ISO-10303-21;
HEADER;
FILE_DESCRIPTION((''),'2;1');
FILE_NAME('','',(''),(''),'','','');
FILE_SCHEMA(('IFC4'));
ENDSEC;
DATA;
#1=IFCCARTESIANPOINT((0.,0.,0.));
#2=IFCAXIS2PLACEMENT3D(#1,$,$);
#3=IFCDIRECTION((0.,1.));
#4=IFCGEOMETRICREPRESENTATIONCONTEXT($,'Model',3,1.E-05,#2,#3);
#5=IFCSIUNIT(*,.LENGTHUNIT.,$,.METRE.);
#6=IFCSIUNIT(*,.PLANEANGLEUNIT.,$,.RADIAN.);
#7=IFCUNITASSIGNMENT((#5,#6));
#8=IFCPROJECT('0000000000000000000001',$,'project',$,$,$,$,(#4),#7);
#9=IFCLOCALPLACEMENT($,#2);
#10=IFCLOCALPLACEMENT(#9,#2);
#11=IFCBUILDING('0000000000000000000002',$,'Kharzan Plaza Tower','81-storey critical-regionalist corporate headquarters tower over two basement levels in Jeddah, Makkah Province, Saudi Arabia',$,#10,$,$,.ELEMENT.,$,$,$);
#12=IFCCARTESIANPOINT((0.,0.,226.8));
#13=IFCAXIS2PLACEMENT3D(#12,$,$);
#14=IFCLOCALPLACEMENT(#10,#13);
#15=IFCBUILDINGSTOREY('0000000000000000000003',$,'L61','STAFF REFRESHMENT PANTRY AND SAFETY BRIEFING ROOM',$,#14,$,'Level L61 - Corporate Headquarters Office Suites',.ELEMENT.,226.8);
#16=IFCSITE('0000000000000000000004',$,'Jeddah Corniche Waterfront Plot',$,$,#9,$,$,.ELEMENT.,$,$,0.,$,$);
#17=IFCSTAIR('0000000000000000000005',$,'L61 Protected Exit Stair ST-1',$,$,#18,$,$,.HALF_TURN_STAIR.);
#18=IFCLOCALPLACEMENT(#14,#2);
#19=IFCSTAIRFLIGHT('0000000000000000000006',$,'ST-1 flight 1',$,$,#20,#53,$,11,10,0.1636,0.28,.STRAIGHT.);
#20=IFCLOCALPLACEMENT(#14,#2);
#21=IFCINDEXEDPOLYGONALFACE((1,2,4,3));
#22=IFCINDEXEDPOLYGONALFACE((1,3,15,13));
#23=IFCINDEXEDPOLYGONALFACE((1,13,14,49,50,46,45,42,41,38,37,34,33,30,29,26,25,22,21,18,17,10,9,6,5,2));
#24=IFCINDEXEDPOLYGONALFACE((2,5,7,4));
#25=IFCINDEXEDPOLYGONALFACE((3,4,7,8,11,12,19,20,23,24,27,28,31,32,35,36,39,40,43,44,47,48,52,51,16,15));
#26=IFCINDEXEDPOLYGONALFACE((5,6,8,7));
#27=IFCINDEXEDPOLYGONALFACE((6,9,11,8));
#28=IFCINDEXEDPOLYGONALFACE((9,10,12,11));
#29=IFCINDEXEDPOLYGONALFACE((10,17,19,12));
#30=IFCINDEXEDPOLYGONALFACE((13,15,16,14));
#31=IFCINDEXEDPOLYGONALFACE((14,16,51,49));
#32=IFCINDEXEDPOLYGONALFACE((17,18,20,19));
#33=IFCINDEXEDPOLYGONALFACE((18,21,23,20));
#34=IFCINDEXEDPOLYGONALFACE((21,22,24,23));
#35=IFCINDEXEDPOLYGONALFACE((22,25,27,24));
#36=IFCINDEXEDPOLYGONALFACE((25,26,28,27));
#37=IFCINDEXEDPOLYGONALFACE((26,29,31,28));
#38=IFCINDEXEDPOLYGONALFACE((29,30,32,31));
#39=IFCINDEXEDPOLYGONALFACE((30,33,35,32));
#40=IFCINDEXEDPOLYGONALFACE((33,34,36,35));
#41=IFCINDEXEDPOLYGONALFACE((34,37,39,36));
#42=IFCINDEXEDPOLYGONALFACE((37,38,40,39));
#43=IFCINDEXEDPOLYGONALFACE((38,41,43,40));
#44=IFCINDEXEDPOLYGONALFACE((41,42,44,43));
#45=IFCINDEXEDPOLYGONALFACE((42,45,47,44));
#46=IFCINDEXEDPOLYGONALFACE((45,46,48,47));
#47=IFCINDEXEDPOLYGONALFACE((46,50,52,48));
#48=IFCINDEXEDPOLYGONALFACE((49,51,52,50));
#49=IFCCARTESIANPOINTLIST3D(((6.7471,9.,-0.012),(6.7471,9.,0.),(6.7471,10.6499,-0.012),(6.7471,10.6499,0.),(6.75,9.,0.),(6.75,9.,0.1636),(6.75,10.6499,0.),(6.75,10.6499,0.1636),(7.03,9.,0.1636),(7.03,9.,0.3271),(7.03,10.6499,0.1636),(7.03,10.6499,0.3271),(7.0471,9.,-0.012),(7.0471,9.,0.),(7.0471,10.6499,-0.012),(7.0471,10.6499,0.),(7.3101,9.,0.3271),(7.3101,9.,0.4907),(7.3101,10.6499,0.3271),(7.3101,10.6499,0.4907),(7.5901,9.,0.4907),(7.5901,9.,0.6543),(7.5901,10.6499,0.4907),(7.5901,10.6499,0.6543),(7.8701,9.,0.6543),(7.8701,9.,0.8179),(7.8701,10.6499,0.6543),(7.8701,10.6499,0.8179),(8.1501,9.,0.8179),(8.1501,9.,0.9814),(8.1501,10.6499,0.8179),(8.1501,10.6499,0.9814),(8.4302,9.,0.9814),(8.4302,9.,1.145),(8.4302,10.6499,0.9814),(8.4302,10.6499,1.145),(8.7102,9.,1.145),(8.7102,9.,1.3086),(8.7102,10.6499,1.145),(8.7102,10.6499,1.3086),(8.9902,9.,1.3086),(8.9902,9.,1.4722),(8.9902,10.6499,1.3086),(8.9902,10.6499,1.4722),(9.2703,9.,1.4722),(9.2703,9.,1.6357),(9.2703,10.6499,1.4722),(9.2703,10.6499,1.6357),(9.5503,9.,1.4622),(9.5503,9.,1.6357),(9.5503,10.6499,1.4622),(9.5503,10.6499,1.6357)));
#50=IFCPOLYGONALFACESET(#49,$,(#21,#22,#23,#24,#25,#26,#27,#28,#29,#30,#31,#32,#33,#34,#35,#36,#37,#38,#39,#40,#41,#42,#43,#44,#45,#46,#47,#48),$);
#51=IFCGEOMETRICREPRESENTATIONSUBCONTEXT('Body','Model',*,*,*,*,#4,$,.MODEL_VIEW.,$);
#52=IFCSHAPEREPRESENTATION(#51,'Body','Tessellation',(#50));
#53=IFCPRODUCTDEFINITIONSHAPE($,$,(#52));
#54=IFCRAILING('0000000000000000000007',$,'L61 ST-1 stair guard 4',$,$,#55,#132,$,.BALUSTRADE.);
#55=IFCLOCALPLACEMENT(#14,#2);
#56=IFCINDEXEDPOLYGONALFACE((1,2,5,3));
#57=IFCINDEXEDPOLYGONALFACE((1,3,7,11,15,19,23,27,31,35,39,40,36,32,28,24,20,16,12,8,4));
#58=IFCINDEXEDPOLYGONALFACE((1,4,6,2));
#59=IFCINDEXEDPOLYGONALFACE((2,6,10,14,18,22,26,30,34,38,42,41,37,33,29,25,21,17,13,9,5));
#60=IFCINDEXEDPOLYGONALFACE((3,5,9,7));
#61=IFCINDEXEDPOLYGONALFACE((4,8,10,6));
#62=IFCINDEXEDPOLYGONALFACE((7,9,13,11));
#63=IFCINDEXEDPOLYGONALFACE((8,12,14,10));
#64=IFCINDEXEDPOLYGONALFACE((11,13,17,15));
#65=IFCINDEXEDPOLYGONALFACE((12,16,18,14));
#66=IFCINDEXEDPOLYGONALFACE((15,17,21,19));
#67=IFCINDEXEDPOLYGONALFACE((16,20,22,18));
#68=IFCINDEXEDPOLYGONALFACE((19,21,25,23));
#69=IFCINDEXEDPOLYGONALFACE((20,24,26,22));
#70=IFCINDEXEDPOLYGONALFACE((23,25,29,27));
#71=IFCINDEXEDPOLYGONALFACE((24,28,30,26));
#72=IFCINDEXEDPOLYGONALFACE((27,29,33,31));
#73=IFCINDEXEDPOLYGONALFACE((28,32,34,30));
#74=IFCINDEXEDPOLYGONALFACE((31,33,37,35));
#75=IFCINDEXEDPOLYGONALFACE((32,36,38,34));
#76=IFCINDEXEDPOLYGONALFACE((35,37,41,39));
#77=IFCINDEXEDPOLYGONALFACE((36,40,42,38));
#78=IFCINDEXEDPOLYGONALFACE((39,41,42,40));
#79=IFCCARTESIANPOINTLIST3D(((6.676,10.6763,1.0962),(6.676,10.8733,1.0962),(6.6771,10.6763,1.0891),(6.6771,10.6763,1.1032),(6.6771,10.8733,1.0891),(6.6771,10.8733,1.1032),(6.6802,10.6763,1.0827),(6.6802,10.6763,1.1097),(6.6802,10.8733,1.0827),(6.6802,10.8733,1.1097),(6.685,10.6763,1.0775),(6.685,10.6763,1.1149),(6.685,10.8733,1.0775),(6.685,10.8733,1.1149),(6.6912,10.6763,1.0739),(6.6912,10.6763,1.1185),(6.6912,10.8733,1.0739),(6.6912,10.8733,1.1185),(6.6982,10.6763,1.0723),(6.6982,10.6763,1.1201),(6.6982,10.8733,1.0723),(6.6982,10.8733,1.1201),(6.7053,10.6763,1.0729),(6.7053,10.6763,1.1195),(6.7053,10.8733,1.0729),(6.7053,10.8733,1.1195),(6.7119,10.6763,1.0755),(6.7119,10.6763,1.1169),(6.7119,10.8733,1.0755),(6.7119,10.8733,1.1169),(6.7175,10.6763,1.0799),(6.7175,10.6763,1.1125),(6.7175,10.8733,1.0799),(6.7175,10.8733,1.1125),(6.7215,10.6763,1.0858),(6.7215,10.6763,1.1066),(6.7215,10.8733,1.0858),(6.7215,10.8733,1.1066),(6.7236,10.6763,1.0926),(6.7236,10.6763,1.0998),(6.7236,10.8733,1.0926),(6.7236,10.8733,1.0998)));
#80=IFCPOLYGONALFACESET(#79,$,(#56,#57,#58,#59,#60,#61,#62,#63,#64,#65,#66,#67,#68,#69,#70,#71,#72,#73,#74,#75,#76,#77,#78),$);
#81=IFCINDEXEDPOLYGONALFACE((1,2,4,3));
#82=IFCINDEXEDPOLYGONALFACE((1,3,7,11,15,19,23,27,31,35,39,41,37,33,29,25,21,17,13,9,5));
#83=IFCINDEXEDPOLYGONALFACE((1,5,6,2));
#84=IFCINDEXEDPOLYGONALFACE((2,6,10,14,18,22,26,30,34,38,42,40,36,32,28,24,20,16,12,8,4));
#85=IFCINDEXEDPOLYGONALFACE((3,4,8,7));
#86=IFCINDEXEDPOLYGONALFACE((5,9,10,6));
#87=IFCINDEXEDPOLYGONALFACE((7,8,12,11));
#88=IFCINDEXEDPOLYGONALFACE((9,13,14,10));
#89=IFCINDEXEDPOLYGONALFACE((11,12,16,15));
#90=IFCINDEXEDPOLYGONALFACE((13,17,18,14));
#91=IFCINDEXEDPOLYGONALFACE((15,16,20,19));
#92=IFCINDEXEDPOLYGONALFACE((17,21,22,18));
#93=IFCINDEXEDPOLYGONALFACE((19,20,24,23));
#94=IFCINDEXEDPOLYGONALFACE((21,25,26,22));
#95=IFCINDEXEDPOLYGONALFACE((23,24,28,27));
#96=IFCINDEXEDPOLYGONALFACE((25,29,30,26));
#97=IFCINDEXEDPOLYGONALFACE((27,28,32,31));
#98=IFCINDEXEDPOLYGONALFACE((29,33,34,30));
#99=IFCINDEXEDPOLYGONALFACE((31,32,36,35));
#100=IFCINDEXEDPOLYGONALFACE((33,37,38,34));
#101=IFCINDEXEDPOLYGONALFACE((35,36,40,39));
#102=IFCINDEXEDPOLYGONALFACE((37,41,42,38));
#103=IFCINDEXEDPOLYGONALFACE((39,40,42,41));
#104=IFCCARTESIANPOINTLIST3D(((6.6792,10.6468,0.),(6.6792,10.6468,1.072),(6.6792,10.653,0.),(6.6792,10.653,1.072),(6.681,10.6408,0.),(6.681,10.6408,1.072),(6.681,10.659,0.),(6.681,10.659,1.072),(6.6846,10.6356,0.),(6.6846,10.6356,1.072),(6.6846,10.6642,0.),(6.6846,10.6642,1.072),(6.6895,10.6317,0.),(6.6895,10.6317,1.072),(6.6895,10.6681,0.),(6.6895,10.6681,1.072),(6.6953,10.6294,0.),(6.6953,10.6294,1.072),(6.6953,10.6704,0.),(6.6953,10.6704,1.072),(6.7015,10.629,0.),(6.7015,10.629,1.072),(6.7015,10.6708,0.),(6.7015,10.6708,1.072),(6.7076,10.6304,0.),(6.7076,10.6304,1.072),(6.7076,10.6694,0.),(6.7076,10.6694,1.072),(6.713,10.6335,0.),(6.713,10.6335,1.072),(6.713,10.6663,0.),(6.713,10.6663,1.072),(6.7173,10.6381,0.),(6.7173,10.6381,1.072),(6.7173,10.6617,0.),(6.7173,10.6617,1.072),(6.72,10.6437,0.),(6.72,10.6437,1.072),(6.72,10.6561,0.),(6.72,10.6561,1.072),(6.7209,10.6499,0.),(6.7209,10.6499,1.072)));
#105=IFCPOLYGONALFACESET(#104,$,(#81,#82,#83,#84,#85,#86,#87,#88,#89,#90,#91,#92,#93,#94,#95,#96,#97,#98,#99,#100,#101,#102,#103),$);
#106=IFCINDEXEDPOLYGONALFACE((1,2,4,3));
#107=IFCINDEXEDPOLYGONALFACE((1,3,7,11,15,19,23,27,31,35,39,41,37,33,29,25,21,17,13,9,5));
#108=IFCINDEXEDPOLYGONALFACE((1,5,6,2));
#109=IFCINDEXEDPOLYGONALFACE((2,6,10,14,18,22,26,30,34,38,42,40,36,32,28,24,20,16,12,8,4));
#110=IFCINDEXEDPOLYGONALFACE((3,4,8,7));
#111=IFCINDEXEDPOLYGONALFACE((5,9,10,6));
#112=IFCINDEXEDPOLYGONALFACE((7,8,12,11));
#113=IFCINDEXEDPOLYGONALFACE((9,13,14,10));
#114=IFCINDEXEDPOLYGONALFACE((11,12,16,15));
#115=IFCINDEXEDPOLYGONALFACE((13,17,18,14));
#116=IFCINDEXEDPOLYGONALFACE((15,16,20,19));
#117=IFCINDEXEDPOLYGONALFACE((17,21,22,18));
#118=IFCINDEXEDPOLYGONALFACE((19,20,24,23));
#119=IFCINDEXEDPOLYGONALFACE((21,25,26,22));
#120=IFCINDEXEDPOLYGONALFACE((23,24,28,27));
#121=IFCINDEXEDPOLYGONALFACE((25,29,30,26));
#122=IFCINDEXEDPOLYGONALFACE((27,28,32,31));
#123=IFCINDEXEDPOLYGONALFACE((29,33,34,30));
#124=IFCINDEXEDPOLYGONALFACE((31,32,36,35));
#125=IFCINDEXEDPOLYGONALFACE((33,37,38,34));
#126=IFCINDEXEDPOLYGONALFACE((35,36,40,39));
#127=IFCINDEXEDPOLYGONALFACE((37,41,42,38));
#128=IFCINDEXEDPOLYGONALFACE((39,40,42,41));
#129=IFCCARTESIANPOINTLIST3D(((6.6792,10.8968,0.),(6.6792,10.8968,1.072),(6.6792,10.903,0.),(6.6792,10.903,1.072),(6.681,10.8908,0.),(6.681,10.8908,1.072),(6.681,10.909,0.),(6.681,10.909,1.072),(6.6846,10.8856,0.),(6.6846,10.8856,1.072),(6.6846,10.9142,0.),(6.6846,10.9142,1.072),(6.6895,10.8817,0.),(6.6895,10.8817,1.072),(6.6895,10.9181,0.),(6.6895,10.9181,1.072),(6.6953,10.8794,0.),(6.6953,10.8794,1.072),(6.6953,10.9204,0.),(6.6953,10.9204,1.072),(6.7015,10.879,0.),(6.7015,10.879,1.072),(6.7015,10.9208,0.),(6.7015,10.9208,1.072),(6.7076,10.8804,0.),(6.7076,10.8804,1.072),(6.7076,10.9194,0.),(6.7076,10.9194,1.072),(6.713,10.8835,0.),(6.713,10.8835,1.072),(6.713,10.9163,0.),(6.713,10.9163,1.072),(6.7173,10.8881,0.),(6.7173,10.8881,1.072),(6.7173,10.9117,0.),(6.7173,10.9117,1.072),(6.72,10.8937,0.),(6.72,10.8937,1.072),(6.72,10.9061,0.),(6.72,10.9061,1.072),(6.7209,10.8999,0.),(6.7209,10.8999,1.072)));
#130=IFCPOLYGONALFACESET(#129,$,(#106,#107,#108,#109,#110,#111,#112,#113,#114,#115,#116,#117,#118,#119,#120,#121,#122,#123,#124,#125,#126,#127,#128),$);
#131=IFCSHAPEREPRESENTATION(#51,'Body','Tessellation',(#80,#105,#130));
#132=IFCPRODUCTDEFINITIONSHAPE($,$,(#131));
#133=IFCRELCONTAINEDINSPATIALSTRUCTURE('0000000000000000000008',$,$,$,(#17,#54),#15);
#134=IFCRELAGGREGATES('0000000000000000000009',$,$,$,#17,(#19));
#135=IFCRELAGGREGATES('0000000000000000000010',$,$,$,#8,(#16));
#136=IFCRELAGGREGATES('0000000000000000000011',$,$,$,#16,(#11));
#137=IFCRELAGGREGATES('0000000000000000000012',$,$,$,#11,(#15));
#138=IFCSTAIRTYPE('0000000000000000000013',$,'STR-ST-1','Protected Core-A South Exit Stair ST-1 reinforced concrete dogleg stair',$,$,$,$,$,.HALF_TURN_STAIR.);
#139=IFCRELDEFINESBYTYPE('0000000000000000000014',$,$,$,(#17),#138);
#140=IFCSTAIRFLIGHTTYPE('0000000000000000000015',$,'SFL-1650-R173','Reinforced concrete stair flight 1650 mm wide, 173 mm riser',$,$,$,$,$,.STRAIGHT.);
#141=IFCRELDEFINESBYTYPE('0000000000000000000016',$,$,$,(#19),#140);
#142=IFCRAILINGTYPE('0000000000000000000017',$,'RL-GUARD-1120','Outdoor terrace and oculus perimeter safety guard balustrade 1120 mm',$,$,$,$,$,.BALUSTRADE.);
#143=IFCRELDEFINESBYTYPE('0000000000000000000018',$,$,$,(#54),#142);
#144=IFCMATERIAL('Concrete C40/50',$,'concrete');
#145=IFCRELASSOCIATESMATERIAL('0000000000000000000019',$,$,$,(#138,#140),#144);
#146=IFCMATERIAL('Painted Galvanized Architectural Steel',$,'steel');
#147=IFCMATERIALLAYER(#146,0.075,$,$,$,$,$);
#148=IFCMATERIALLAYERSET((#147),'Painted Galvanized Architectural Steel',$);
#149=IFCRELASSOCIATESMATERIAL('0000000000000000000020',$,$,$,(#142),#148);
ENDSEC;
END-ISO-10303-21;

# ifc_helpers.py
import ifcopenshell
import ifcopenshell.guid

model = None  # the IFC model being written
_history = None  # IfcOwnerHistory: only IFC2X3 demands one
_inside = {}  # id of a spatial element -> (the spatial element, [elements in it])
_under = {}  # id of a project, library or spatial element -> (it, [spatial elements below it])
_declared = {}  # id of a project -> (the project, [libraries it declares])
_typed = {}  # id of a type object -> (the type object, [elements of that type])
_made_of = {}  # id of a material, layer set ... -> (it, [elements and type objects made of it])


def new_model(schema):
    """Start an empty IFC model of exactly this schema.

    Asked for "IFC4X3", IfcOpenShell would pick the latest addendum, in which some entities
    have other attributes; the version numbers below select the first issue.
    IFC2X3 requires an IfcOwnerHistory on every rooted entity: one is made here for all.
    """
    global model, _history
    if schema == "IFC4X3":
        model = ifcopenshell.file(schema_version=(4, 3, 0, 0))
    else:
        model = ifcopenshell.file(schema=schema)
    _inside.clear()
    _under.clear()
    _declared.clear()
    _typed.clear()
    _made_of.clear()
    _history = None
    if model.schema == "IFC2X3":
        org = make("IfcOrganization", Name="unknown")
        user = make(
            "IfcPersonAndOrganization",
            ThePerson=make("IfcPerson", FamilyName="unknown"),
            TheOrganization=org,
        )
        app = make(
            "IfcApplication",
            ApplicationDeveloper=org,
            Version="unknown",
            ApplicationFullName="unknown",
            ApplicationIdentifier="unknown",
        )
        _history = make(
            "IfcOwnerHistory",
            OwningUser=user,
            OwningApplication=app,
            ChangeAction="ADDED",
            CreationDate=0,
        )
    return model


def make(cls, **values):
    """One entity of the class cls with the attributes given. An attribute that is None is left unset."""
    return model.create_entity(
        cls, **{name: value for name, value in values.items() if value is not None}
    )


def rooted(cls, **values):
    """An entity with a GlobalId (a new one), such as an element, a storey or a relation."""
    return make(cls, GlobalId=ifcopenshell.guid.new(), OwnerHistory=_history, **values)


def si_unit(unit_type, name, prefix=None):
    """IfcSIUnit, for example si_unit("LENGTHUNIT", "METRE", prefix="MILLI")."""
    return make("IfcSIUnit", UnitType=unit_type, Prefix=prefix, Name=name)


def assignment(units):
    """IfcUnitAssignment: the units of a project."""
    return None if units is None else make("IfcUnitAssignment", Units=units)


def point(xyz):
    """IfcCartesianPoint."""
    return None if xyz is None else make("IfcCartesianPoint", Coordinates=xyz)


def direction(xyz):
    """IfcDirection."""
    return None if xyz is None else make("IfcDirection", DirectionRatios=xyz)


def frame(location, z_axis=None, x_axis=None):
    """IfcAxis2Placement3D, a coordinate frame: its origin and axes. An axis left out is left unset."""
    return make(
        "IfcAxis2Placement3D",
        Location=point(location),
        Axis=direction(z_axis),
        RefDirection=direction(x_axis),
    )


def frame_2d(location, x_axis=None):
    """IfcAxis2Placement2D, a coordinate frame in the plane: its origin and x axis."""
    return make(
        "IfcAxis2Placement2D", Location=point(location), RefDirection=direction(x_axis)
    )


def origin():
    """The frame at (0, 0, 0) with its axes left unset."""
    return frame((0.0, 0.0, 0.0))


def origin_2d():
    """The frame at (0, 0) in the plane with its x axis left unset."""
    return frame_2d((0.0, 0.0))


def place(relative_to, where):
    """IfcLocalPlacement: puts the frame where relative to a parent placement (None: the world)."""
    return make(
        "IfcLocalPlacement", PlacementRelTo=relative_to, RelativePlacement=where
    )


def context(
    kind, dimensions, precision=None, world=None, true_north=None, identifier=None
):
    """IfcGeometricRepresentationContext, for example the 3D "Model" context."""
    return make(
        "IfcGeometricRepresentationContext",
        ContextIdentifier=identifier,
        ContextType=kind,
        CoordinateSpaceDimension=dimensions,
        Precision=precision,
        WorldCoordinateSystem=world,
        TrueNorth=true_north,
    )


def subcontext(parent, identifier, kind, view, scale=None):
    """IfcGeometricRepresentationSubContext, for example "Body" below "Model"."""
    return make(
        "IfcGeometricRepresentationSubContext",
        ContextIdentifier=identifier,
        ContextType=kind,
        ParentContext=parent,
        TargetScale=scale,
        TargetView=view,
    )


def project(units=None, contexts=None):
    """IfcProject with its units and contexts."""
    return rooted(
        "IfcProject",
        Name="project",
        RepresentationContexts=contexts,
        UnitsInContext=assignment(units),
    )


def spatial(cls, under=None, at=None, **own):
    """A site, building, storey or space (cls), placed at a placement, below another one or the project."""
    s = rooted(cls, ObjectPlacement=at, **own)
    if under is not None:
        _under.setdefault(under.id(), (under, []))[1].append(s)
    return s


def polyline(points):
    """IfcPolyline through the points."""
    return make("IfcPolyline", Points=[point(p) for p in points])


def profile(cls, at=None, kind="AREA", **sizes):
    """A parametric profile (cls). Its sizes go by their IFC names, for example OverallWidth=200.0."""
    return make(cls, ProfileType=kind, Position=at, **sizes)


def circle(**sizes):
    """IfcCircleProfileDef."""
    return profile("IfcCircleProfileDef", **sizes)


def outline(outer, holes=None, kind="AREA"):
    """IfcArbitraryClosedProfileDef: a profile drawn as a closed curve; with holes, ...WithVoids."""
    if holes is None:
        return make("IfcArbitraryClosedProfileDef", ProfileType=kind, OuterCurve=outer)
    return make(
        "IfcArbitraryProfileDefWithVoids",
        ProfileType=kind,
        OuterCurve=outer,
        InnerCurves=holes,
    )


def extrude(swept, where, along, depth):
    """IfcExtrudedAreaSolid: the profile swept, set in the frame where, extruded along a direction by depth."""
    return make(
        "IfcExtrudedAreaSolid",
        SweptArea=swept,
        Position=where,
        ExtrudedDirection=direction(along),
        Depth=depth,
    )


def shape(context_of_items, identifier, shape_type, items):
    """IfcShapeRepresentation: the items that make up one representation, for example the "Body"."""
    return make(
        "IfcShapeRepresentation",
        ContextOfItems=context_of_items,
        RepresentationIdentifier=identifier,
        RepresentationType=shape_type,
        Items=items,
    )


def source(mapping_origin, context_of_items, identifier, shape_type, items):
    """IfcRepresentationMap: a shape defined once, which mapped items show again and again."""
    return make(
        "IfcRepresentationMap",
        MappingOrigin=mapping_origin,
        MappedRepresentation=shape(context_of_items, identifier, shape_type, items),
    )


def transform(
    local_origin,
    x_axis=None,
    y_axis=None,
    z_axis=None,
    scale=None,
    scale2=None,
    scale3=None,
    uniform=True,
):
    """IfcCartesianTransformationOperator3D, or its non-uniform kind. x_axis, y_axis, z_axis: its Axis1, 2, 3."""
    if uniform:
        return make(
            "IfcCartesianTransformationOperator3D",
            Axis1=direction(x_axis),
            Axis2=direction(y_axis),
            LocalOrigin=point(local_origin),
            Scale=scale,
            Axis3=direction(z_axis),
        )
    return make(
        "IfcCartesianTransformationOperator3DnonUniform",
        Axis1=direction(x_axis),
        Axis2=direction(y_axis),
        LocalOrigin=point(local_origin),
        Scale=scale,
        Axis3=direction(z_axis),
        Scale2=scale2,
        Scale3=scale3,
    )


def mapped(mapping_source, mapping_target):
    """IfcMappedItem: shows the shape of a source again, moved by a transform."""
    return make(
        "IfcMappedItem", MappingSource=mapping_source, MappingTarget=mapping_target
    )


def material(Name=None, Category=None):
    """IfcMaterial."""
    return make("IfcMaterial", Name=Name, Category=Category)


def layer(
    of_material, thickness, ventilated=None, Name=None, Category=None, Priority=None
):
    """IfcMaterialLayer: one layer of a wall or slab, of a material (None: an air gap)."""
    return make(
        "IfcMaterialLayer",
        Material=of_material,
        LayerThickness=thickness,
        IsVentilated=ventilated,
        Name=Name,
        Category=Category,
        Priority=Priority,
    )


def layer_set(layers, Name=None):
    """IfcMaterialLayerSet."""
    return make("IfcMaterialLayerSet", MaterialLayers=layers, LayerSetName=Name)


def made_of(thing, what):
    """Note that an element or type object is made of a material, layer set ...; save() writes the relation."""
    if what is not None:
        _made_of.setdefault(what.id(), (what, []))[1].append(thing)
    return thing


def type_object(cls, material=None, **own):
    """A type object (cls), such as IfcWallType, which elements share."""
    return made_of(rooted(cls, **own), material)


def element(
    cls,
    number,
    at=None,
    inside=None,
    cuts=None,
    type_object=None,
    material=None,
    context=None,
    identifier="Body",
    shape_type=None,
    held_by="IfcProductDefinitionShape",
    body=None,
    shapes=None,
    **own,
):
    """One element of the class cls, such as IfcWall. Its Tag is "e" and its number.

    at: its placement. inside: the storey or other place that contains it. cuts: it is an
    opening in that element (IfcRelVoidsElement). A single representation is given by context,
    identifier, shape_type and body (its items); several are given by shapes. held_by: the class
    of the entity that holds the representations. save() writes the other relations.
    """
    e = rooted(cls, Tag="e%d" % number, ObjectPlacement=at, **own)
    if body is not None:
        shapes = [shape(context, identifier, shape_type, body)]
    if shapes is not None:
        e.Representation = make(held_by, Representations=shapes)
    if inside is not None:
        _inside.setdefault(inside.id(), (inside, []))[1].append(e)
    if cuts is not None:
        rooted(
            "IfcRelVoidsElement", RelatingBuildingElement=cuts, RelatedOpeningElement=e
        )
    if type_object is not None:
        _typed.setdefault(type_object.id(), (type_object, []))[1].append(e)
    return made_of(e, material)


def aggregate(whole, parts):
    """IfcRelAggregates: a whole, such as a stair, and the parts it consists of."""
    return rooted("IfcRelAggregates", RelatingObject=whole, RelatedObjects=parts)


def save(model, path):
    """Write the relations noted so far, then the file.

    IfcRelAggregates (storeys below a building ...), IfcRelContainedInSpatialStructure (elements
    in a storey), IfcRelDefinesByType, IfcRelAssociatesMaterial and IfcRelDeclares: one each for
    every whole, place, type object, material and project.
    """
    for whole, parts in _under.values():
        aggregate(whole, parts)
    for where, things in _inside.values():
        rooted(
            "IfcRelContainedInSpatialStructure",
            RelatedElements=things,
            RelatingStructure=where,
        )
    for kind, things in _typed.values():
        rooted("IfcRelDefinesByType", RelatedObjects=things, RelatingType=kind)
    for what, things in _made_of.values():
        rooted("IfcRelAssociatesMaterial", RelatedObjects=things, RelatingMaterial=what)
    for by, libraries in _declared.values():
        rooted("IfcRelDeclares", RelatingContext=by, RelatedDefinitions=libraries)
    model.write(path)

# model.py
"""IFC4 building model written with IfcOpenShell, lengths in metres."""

from ifc_helpers import new_model, si_unit, direction, frame, origin, origin_2d, place, context, subcontext, project, spatial, polyline, circle, outline, extrude, source, transform, mapped, material, layer, layer_set, type_object, element, aggregate, save


model = new_model("IFC4")

# Units and contexts
model_context = context("Model", 3, precision=1e-05, world=origin(), true_north=direction((0.0, 1.0)))
body_context = subcontext(model_context, "Body", "Model", "MODEL_VIEW")
ifc_project = project(units=[si_unit("LENGTHUNIT", "METRE"), si_unit("PLANEANGLEUNIT", "RADIAN")], contexts=[model_context])

# Site, building, storey
site_placement = place(None, origin())
site = spatial("IfcSite", under=ifc_project, at=site_placement, Name="Jeddah Corniche Waterfront Plot", CompositionType="ELEMENT", RefElevation=0.0)
building_placement = place(site_placement, origin())
building = spatial("IfcBuilding", under=site, at=building_placement, Name="Kharzan Plaza Tower", Description="81-storey critical-regionalist corporate headquarters tower over two basement levels in Jeddah, Makkah Province, Saudi Arabia", CompositionType="ELEMENT")
storey_placement = place(building_placement, frame((0.0, 0.0, 226.8)))
storey = spatial("IfcBuildingStorey", under=building, at=storey_placement, Name="L61", Description="STAFF REFRESHMENT PANTRY AND SAFETY BRIEFING ROOM", LongName="Level L61 - Corporate Headquarters Office Suites", CompositionType="ELEMENT", Elevation=226.8)

# Shared definitions
ifc_material_1 = material(Name="Concrete C40/50", Category="concrete")

# Stair, stair flight
stair_type = type_object("IfcStairType", Name="STR-ST-1", Description="Protected Core-A South Exit Stair ST-1 reinforced concrete dogleg stair", PredefinedType="HALF_TURN_STAIR", material=ifc_material_1)
stair_placement = place(storey_placement, origin())
stair = element("IfcStair", 1, at=stair_placement, inside=storey, type_object=stair_type, Name="L61 Protected Exit Stair ST-1", PredefinedType="HALF_TURN_STAIR")
stair_flight_type = type_object("IfcStairFlightType", Name="SFL-1650-R173", Description="Reinforced concrete stair flight 1650 mm wide, 173 mm riser", PredefinedType="STRAIGHT", material=ifc_material_1)
shared_shape_1 = source(origin(), body_context, "Body", "SweptSolid", [
    extrude(outline(polyline([(-0.0029, -0.012), (-0.0029, 0.0), (0.0, 0.0), (0.0, 0.1636), (0.28, 0.1636), (0.28, 0.3271), (0.5601, 0.3271), (0.5601, 0.4907), (0.8401, 0.4907), (0.8401, 0.6543), (1.1201, 0.6543), (1.1201, 0.8179), (1.4001, 0.8179), (1.4001, 0.9814), (1.6802, 0.9814), (1.6802, 1.145), (1.9602, 1.145), (1.9602, 1.3086), (2.2402, 1.3086), (2.2402, 1.4722), (2.5203, 1.4722), (2.5203, 1.6357), (2.8003, 1.6357), (2.8003, 1.7993), (2.8003, 1.4622), (0.2971, 0.0), (0.2971, -0.012), (-0.0029, -0.012)])), frame((0.0, 0.825, 0.0), z_axis=(0.0, -1.0, 0.0), x_axis=(1.0, 0.0, 0.0)), (0.0, 0.0, 1.0), 1.6499),
])
stair_flight_placement = place(storey_placement, frame((6.75, 9.825, 0.0), z_axis=(0.0, 0.0, 1.0), x_axis=(1.0, 0.0, 0.0)))
stair_flight = element("IfcStairFlight", 2, at=stair_flight_placement, type_object=stair_flight_type, Name="ST-1 flight 1", NumberOfRisers=11, NumberOfTreads=10, PredefinedType="STRAIGHT", RiserHeight=0.1636, TreadLength=0.28, context=body_context, shape_type="MappedRepresentation", body=[
    mapped(shared_shape_1, transform((0.0, 0.0, 0.0), x_axis=(1.0, 0.0, 0.0), y_axis=(0.0, 1.0, 0.0), z_axis=(0.0, 0.0, 1.0))),
])
aggregate(stair, [stair_flight])

# Railing
ifc_material_2 = material(Name="Painted Galvanized Architectural Steel", Category="steel")
ifc_layer_1 = layer(ifc_material_2, 0.075)
ifc_layer_set_1 = layer_set([ifc_layer_1], Name="Painted Galvanized Architectural Steel")
railing_type_1 = type_object("IfcRailingType", Name="RL-GUARD-1120", Description="Outdoor terrace and oculus perimeter safety guard balustrade 1120 mm", PredefinedType="BALUSTRADE", material=ifc_layer_set_1)
shared_shape_2 = source(origin(), body_context, "Body", "SweptSolid", [
    extrude(circle(Radius=0.0239, at=origin_2d()), frame((0.0, 0.0264, 1.0962), z_axis=(0.0, 1.0, 0.0), x_axis=(-1.0, 0.0, 0.0)), (0.0, 0.0, 1.0), 0.197),
    extrude(circle(Radius=0.021, at=origin_2d()), origin(), (0.0, 0.0, 1.0), 1.072),
    extrude(circle(Radius=0.021, at=origin_2d()), frame((0.0, 0.25, 0.0)), (0.0, 0.0, 1.0), 1.072),
])
railing_1_placement = place(storey_placement, frame((6.7, 10.6499, 0.0)))
element("IfcRailing", 3, at=railing_1_placement, inside=storey, type_object=railing_type_1, Name="L61 ST-1 stair guard 4", PredefinedType="BALUSTRADE", context=body_context, shape_type="MappedRepresentation", body=[
    mapped(shared_shape_2, transform((0.0, 0.0, 0.0), x_axis=(1.0, 0.0, 0.0), y_axis=(0.0, 1.0, 0.0), z_axis=(0.0, 0.0, 1.0))),
])

save(model, "model.ifc")
